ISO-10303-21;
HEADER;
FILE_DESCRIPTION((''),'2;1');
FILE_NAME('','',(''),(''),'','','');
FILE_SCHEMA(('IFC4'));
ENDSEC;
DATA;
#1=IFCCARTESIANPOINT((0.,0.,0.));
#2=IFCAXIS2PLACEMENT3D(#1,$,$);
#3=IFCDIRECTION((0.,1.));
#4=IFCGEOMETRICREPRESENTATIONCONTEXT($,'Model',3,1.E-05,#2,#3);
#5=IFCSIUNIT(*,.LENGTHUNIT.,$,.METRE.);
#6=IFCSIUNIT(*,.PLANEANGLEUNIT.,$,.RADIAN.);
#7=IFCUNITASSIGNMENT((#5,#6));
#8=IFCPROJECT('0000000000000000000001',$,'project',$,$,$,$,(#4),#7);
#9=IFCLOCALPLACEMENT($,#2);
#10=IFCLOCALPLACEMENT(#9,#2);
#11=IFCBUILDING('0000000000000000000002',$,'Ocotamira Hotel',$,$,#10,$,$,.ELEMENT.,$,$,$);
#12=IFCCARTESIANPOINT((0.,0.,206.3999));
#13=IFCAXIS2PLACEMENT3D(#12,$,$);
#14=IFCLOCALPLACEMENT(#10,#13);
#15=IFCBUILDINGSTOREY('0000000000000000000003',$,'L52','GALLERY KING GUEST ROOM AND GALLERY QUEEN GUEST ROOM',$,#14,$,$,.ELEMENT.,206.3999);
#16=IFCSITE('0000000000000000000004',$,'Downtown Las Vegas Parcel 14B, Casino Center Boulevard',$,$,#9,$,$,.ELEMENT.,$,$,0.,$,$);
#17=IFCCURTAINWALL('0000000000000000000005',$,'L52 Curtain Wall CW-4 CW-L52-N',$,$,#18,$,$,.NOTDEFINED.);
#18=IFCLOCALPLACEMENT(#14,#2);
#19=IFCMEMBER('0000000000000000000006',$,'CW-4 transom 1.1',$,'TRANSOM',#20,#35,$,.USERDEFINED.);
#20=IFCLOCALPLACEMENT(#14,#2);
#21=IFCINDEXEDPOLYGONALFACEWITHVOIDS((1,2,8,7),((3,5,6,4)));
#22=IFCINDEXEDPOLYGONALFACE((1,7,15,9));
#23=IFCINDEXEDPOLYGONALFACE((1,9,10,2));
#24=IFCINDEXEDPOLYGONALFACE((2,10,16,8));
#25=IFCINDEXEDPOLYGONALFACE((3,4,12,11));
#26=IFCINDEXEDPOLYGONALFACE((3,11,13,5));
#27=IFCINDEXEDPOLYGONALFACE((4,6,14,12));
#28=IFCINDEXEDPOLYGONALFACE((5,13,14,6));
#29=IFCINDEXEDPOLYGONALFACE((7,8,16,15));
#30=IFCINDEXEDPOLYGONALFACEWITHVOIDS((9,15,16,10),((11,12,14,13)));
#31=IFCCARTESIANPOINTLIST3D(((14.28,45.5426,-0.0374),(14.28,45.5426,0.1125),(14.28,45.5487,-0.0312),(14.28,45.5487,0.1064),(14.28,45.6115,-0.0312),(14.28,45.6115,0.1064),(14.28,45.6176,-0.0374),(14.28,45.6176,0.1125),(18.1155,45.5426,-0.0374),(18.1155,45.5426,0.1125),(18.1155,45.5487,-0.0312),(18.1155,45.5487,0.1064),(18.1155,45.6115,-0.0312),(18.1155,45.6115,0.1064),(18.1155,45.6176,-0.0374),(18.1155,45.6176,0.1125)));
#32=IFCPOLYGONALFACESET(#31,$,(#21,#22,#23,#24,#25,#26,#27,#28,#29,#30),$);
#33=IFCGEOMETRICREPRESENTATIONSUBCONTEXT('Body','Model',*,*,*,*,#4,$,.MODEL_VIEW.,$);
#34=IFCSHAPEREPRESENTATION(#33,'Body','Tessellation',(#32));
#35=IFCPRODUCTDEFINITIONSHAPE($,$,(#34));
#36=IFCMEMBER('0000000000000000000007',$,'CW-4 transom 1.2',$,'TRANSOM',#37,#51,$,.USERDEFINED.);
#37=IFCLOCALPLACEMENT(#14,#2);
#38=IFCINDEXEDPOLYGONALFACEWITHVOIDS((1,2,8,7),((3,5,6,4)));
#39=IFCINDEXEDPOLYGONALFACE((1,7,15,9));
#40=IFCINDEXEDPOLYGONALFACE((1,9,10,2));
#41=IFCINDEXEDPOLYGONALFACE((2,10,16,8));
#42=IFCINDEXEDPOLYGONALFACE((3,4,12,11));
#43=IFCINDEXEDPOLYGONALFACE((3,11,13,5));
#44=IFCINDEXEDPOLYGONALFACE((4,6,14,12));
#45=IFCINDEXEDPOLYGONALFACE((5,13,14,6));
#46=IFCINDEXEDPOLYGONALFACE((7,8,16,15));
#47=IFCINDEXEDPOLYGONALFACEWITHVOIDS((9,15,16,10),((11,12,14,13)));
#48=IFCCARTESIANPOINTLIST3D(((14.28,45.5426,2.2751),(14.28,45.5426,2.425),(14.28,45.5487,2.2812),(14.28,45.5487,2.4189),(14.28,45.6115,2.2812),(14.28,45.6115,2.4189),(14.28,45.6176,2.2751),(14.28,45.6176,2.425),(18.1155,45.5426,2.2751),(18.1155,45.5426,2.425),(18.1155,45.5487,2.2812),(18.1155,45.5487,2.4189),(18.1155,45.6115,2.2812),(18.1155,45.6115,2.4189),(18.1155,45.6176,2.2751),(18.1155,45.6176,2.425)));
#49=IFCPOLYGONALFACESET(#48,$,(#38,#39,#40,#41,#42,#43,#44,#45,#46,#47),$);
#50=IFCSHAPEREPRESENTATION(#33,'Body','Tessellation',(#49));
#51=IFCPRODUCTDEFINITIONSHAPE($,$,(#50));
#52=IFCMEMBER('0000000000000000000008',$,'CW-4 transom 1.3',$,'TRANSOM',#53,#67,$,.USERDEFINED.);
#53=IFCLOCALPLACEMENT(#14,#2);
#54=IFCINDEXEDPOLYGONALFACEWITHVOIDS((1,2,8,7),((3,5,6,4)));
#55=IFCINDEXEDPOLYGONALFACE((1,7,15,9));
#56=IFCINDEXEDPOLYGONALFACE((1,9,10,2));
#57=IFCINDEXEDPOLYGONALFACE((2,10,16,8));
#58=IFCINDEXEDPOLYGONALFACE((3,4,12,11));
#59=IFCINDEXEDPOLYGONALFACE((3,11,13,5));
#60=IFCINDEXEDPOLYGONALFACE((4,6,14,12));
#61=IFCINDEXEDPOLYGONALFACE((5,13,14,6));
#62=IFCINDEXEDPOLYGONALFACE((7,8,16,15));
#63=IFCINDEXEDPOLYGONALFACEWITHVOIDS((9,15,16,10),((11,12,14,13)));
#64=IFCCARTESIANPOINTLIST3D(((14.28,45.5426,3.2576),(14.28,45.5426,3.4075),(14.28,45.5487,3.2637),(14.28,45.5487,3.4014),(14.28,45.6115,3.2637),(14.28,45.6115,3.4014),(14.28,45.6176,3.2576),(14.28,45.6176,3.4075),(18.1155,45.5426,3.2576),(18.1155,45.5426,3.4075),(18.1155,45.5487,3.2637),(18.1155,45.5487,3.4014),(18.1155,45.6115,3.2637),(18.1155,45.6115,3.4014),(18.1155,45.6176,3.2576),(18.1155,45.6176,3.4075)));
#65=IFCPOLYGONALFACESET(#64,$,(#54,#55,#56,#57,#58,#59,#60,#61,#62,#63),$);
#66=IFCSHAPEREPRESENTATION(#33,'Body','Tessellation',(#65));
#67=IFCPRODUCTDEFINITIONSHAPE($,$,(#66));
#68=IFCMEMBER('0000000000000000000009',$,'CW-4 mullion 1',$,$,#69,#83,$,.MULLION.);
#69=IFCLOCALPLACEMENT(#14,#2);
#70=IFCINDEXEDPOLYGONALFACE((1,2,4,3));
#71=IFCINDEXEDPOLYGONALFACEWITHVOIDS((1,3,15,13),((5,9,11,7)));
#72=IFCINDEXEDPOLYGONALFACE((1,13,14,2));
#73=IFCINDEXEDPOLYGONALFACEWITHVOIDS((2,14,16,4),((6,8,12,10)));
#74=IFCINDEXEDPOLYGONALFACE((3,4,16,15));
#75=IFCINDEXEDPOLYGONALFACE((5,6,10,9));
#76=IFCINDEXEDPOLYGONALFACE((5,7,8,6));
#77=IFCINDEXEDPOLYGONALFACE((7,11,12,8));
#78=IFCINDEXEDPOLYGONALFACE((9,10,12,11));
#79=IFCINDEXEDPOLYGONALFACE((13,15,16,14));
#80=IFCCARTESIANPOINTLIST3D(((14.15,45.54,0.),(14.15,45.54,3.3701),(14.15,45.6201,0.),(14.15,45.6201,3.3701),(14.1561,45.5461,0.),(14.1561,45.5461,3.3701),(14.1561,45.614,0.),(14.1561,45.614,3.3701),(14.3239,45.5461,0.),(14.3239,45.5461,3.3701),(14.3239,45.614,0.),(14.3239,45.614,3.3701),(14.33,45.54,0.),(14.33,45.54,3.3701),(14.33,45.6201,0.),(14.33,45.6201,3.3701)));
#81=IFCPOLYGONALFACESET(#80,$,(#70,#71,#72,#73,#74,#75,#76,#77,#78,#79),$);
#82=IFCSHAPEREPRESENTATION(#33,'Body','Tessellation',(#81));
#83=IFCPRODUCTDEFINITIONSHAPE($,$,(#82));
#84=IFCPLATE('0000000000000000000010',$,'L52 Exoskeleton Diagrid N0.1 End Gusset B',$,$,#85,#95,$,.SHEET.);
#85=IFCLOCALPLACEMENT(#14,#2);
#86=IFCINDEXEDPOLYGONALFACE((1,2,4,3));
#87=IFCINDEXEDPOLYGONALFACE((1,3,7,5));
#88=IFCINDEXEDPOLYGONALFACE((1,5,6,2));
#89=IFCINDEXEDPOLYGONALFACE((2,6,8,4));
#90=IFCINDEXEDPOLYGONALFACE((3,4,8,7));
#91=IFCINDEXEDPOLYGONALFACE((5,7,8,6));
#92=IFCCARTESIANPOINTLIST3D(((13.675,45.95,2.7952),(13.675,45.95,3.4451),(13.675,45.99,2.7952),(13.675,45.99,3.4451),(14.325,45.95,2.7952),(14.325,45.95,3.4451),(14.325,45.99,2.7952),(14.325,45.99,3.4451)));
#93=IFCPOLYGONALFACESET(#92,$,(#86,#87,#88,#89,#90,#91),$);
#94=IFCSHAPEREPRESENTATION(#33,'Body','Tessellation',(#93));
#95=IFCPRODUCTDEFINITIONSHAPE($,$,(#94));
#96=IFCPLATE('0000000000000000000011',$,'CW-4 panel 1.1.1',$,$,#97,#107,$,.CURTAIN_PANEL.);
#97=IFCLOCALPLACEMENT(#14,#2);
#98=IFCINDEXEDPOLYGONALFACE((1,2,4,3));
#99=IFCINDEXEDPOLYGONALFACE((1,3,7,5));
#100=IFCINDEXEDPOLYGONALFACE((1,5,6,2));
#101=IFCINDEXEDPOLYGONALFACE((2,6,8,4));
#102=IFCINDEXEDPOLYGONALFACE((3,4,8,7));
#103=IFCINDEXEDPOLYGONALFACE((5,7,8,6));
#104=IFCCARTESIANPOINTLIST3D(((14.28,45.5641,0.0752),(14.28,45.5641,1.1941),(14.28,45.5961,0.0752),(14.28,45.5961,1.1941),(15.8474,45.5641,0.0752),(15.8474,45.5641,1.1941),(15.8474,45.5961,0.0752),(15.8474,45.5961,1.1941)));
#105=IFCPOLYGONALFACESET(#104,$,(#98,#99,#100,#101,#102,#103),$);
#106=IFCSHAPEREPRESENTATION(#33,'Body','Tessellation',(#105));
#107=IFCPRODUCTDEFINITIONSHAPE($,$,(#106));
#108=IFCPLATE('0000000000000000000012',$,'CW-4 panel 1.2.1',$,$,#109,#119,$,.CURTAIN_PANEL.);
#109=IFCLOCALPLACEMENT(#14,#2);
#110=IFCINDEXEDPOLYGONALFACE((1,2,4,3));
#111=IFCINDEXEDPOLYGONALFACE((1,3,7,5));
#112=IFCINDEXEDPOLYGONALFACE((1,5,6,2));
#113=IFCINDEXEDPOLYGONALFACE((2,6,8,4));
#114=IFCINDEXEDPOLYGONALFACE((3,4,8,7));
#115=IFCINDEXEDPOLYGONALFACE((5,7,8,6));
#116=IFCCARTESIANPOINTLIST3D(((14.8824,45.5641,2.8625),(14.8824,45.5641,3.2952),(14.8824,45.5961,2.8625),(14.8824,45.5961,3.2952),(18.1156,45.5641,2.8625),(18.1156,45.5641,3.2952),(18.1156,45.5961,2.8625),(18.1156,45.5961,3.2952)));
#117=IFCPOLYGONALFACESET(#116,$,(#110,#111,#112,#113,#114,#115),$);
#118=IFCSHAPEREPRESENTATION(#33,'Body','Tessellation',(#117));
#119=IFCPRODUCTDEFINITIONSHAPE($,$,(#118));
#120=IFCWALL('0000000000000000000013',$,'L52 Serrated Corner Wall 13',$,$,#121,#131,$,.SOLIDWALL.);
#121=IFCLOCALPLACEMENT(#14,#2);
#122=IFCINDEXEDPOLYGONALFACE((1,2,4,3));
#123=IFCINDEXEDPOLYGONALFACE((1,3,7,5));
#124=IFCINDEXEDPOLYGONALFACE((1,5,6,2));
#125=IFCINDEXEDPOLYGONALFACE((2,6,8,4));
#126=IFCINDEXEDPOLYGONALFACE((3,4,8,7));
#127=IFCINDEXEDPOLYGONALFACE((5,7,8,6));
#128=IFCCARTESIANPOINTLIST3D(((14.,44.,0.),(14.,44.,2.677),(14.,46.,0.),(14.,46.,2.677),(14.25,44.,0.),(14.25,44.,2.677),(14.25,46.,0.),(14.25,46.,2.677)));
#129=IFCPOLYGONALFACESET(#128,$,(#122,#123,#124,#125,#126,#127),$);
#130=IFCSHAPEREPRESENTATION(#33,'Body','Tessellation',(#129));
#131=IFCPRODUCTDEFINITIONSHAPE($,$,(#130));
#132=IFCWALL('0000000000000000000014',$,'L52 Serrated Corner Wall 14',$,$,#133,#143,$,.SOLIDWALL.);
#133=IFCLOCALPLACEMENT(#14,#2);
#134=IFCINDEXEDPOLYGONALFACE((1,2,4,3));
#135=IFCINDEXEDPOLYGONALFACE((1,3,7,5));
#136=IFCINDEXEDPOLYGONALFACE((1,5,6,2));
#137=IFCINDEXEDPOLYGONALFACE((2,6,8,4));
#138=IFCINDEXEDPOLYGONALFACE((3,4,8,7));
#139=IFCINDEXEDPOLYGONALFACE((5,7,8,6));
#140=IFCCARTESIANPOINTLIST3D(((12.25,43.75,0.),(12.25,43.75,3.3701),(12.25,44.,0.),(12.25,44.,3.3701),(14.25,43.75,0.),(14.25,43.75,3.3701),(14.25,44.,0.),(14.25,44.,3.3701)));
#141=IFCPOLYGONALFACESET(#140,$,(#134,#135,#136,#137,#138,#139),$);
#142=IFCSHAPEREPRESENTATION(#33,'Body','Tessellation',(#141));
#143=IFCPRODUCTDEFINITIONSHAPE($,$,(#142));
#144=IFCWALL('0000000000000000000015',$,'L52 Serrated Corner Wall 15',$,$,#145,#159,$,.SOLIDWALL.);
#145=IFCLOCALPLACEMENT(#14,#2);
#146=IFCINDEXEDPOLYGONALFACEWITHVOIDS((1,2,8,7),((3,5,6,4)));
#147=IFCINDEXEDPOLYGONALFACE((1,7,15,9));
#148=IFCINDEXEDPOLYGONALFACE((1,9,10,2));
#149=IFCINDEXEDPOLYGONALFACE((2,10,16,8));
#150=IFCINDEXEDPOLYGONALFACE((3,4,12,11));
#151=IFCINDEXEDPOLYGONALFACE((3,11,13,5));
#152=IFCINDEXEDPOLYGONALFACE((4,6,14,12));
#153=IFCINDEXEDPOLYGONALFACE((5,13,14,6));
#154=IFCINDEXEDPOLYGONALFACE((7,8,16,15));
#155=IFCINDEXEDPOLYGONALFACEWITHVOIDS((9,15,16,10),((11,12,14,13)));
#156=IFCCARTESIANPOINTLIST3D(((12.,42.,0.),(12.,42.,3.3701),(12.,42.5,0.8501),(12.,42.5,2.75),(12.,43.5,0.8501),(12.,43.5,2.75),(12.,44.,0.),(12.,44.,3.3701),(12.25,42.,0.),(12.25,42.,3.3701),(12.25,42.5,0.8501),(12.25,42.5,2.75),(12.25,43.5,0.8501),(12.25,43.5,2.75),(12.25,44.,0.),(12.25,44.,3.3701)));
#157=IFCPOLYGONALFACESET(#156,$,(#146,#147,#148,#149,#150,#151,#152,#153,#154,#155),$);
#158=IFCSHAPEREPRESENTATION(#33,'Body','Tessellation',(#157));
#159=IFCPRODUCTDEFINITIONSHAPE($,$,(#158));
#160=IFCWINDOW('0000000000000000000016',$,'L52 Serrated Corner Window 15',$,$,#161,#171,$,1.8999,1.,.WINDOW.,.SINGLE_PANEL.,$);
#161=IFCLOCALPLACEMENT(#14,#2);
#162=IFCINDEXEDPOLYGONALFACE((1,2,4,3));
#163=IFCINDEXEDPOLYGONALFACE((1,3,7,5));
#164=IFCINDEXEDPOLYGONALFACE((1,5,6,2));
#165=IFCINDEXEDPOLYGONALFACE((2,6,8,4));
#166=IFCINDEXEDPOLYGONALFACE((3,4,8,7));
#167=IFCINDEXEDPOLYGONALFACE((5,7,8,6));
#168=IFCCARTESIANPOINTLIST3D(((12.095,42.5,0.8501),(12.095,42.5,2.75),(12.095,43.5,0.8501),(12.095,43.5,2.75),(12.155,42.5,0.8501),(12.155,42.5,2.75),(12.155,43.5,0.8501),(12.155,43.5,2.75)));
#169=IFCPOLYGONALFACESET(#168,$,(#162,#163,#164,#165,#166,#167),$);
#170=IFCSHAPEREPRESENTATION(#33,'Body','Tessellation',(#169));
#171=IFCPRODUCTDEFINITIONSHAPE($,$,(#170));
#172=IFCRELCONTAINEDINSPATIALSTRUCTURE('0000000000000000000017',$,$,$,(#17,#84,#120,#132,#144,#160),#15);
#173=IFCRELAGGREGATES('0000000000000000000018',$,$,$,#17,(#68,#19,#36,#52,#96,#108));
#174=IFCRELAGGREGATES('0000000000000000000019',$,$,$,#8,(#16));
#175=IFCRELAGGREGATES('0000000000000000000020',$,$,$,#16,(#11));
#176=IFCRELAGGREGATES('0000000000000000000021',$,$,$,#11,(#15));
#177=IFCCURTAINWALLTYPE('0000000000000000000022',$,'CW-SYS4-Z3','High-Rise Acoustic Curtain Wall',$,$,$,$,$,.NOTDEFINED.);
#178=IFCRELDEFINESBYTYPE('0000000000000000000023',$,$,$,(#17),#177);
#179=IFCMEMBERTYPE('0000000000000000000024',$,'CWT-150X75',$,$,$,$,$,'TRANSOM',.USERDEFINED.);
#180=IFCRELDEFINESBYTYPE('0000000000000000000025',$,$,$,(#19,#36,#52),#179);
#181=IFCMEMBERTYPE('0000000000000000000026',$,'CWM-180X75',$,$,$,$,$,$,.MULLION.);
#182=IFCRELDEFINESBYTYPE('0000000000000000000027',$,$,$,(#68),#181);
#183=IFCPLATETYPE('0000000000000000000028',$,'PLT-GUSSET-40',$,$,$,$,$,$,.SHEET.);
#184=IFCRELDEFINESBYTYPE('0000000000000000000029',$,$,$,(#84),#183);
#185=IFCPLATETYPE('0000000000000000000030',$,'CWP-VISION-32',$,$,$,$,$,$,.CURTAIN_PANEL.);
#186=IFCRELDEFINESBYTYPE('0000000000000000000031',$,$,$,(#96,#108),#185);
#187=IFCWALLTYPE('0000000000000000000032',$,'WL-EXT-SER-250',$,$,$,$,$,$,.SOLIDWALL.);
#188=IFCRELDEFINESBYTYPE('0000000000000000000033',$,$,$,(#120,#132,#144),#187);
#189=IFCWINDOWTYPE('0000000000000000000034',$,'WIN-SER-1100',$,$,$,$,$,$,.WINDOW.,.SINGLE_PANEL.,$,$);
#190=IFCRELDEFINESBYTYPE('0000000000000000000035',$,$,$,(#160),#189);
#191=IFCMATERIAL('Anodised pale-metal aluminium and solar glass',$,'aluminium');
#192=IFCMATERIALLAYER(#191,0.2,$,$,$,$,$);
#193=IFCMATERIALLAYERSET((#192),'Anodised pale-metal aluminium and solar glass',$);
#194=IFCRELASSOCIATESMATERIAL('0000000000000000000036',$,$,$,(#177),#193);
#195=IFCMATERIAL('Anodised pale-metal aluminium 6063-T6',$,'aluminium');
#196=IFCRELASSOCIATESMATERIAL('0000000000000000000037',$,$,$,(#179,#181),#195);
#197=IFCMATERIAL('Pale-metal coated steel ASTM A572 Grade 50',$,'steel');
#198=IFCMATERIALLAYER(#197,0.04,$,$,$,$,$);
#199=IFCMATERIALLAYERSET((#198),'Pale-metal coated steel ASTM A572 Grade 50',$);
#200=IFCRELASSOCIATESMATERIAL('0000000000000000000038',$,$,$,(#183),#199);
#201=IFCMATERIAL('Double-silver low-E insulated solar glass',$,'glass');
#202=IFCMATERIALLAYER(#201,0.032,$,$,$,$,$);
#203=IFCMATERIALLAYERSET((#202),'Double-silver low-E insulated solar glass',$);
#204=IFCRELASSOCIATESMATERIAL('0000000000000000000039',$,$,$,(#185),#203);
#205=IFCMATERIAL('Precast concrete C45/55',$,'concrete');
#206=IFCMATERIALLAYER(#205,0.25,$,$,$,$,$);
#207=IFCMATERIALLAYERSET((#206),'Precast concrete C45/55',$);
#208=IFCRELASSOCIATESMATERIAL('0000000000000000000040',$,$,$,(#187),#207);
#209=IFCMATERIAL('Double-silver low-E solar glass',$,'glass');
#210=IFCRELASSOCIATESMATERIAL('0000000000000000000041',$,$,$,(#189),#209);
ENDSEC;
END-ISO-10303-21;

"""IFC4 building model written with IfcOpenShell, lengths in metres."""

from ifc_helpers import new_model, si_unit, direction, frame, frame_2d, origin, origin_2d, place, context, subcontext, project, spatial, rectangle, hollow_rectangle, extrude, source, transform, mapped, material, layer, layer_set, material_profile, profile_set, type_object, element, fill, aggregate, save


model = new_model("IFC4")

# Units and contexts
model_context = context("Model", 3, precision=1e-05, world=origin(), true_north=direction((0.0, 1.0)))
body_context = subcontext(model_context, "Body", "Model", "MODEL_VIEW")
ifc_project = project(units=[si_unit("LENGTHUNIT", "METRE"), si_unit("PLANEANGLEUNIT", "RADIAN")], contexts=[model_context])

# Site, building, storey
site_placement = place(None, origin())
site = spatial("IfcSite", under=ifc_project, at=site_placement, Name="Downtown Las Vegas Parcel 14B, Casino Center Boulevard", CompositionType="ELEMENT", RefElevation=0.0)
building_placement = place(site_placement, origin())
building = spatial("IfcBuilding", under=site, at=building_placement, Name="Ocotamira Hotel", CompositionType="ELEMENT")
storey_placement = place(building_placement, frame((0.0, 0.0, 206.3999)))
storey = spatial("IfcBuildingStorey", under=building, at=storey_placement, Name="L52", Description="GALLERY KING GUEST ROOM AND GALLERY QUEEN GUEST ROOM", CompositionType="ELEMENT", Elevation=206.3999)

# Curtain wall, members
ifc_material_1 = material(Name="Anodised pale-metal aluminium and solar glass", Category="aluminium")
ifc_layer_1 = layer(ifc_material_1, 0.2)
ifc_layer_set_1 = layer_set([ifc_layer_1], Name="Anodised pale-metal aluminium and solar glass")
curtain_wall_type = type_object("IfcCurtainWallType", Name="CW-SYS4-Z3", Description="High-Rise Acoustic Curtain Wall", PredefinedType="NOTDEFINED", material=ifc_layer_set_1)
curtain_wall_placement = place(storey_placement, origin())
curtain_wall = element("IfcCurtainWall", 1, at=curtain_wall_placement, inside=storey, type_object=curtain_wall_type, Name="L52 Curtain Wall CW-4 CW-L52-N", PredefinedType="NOTDEFINED")
ifc_material_2 = material(Name="Anodised pale-metal aluminium 6063-T6", Category="aluminium")
ifc_material_profile_1 = material_profile(ifc_material_2, hollow_rectangle(XDim=0.075, YDim=0.1499, WallThickness=0.0061, at=origin_2d()), Name="HSS150X75X6")
ifc_profile_set_1 = profile_set([ifc_material_profile_1], Name="Anodised pale-metal aluminium 6063-T6")
member_type_1 = type_object("IfcMemberType", Name="CWT-150X75", ElementType="TRANSOM", PredefinedType="USERDEFINED", material=ifc_profile_set_1)
shared_shape_1 = source(origin(), body_context, "Body", "SweptSolid", [
    extrude(hollow_rectangle(XDim=0.075, YDim=0.1499, WallThickness=0.0061, at=origin_2d()), origin(), (0.0, 0.0, 1.0), 3.8354),
])
member_1_placement = place(storey_placement, frame((14.28, 45.5801, 0.0376), z_axis=(1.0, 0.0, 0.0), x_axis=(0.0, 1.0, 0.0)))
member_1 = element("IfcMember", 2, at=member_1_placement, type_object=member_type_1, Name="CW-4 transom 1.1", ObjectType="TRANSOM", PredefinedType="USERDEFINED", context=body_context, shape_type="MappedRepresentation", body=[
    mapped(shared_shape_1, transform((0.0, 0.0, 0.0), scale=1.0)),
])
member_2_placement = place(storey_placement, frame((14.28, 45.5801, 2.3501), z_axis=(1.0, 0.0, 0.0), x_axis=(0.0, 1.0, 0.0)))
member_2 = element("IfcMember", 3, at=member_2_placement, type_object=member_type_1, Name="CW-4 transom 1.2", ObjectType="TRANSOM", PredefinedType="USERDEFINED", context=body_context, shape_type="MappedRepresentation", body=[
    mapped(shared_shape_1, transform((0.0, 0.0, 0.0), scale=1.0)),
])
member_3_placement = place(storey_placement, frame((14.28, 45.5801, 3.3325), z_axis=(1.0, 0.0, 0.0), x_axis=(0.0, 1.0, 0.0)))
member_3 = element("IfcMember", 4, at=member_3_placement, type_object=member_type_1, Name="CW-4 transom 1.3", ObjectType="TRANSOM", PredefinedType="USERDEFINED", context=body_context, shape_type="MappedRepresentation", body=[
    mapped(shared_shape_1, transform((0.0, 0.0, 0.0), scale=1.0)),
])
ifc_material_profile_2 = material_profile(ifc_material_2, hollow_rectangle(XDim=0.0801, YDim=0.1799, WallThickness=0.0061, at=origin_2d()), Name="HSS180X80X6")
ifc_profile_set_2 = profile_set([ifc_material_profile_2], Name="Anodised pale-metal aluminium 6063-T6")
member_type_2 = type_object("IfcMemberType", Name="CWM-180X75", PredefinedType="MULLION", material=ifc_profile_set_2)
shared_shape_2 = source(origin(), body_context, "Body", "SweptSolid", [
    extrude(hollow_rectangle(XDim=0.0801, YDim=0.1799, WallThickness=0.0061, at=origin_2d()), origin(), (0.0, 0.0, 1.0), 3.3701),
])
member_4_placement = place(storey_placement, frame((14.24, 45.5801, 0.0), z_axis=(0.0, 0.0, 1.0), x_axis=(0.0, 1.0, 0.0)))
member_4 = element("IfcMember", 5, at=member_4_placement, type_object=member_type_2, Name="CW-4 mullion 1", PredefinedType="MULLION", context=body_context, shape_type="MappedRepresentation", body=[
    mapped(shared_shape_2, transform((0.0, 0.0, 0.0), scale=1.0)),
])

# Plates
ifc_material_3 = material(Name="Pale-metal coated steel ASTM A572 Grade 50", Category="steel")
ifc_layer_2 = layer(ifc_material_3, 0.04)
ifc_layer_set_2 = layer_set([ifc_layer_2], Name="Pale-metal coated steel ASTM A572 Grade 50")
plate_type_1 = type_object("IfcPlateType", Name="PLT-GUSSET-40", PredefinedType="SHEET", material=ifc_layer_set_2)
shared_shape_3 = source(origin(), body_context, "Body", "SweptSolid", [
    extrude(rectangle(XDim=0.6499, YDim=0.04, at=origin_2d()), origin(), (0.0, 0.0, 1.0), 0.6499),
])
plate_1_placement = place(storey_placement, frame((14.0, 45.97, 2.7952), z_axis=(0.0, 0.0, 1.0), x_axis=(-1.0, 0.0, 0.0)))
element("IfcPlate", 6, at=plate_1_placement, inside=storey, type_object=plate_type_1, Name="L52 Exoskeleton Diagrid N0.1 End Gusset B", PredefinedType="SHEET", context=body_context, shape_type="MappedRepresentation", body=[
    mapped(shared_shape_3, transform((0.0, 0.0, 0.0), scale=1.0)),
])
ifc_material_4 = material(Name="Double-silver low-E insulated solar glass", Category="glass")
ifc_layer_3 = layer(ifc_material_4, 0.032)
ifc_layer_set_3 = layer_set([ifc_layer_3], Name="Double-silver low-E insulated solar glass")
plate_type_2 = type_object("IfcPlateType", Name="CWP-VISION-32", PredefinedType="CURTAIN_PANEL", material=ifc_layer_set_3)
shared_shape_4 = source(origin(), body_context, "Body", "SweptSolid", [
    extrude(rectangle(XDim=1.5674, YDim=0.032, at=origin_2d()), origin(), (0.0, 0.0, 1.0), 1.1189),
])
plate_2_placement = place(storey_placement, frame((15.0637, 45.5801, 0.0752), z_axis=(0.0, 0.0, 1.0), x_axis=(1.0, 0.0, 0.0)))
plate_2 = element("IfcPlate", 7, at=plate_2_placement, type_object=plate_type_2, Name="CW-4 panel 1.1.1", PredefinedType="CURTAIN_PANEL", context=body_context, shape_type="MappedRepresentation", body=[
    mapped(shared_shape_4, transform((0.0, 0.0, 0.0), scale=1.0)),
])
shared_shape_5 = source(origin(), body_context, "Body", "SweptSolid", [
    extrude(rectangle(XDim=3.2332, YDim=0.032, at=origin_2d()), origin(), (0.0, 0.0, 1.0), 0.4326),
])
plate_3_placement = place(storey_placement, frame((16.499, 45.5801, 2.8625), z_axis=(0.0, 0.0, 1.0), x_axis=(1.0, 0.0, 0.0)))
plate_3 = element("IfcPlate", 8, at=plate_3_placement, type_object=plate_type_2, Name="CW-4 panel 1.2.1", PredefinedType="CURTAIN_PANEL", context=body_context, shape_type="MappedRepresentation", body=[
    mapped(shared_shape_5, transform((0.0, 0.0, 0.0), scale=1.0)),
])
aggregate(curtain_wall, [member_4, member_1, member_2, member_3, plate_2, plate_3])

# Walls
ifc_material_5 = material(Name="Precast concrete C45/55", Category="concrete")
ifc_layer_4 = layer(ifc_material_5, 0.25)
ifc_layer_set_4 = layer_set([ifc_layer_4], Name="Precast concrete C45/55")
wall_type = type_object("IfcWallType", Name="WL-EXT-SER-250", PredefinedType="SOLIDWALL", material=ifc_layer_set_4)
wall_1_placement = place(storey_placement, frame((14.125, 46.0, 0.0), z_axis=(0.0, 0.0, 1.0), x_axis=(0.0, -1.0, 0.0)))
element("IfcWall", 9, at=wall_1_placement, inside=storey, type_object=wall_type, Name="L52 Serrated Corner Wall 13", PredefinedType="SOLIDWALL", context=body_context, shape_type="SweptSolid", body=[
    extrude(rectangle(XDim=2.0, YDim=0.25, at=frame_2d((1.0, 0.0))), origin(), (0.0, 0.0, 1.0), 2.677),
])
wall_2_placement = place(storey_placement, frame((14.25, 43.875, 0.0), z_axis=(0.0, 0.0, 1.0), x_axis=(-1.0, 0.0, 0.0)))
element("IfcWall", 10, at=wall_2_placement, inside=storey, type_object=wall_type, Name="L52 Serrated Corner Wall 14", PredefinedType="SOLIDWALL", context=body_context, shape_type="SweptSolid", body=[
    extrude(rectangle(XDim=2.0, YDim=0.25, at=frame_2d((1.0, 0.0))), origin(), (0.0, 0.0, 1.0), 3.3701),
])

# Wall, opening, window
wall_3_placement = place(storey_placement, frame((12.125, 44.0, 0.0), z_axis=(0.0, 0.0, 1.0), x_axis=(0.0, -1.0, 0.0)))
wall_3 = element("IfcWall", 11, at=wall_3_placement, inside=storey, type_object=wall_type, Name="L52 Serrated Corner Wall 15", PredefinedType="SOLIDWALL", context=body_context, shape_type="SweptSolid", body=[
    extrude(rectangle(XDim=2.0, YDim=0.25, at=frame_2d((1.0, 0.0))), origin(), (0.0, 0.0, 1.0), 3.3701),
])
opening_placement = place(wall_3_placement, frame((0.5, 0.0, 0.8501)))
opening = element("IfcOpeningElement", 12, at=opening_placement, cuts=wall_3, PredefinedType="OPENING", context=body_context, shape_type="SweptSolid", body=[
    extrude(rectangle(XDim=1.0, YDim=1.8999, at=frame_2d((0.5, 0.95))), frame((0.0, 0.135, 0.0), z_axis=(0.0, -1.0, 0.0), x_axis=(1.0, 0.0, 0.0)), (0.0, 0.0, 1.0), 0.27),
])
ifc_material_6 = material(Name="Double-silver low-E solar glass", Category="glass")
window_type = type_object("IfcWindowType", Name="WIN-SER-1100", PartitioningType="SINGLE_PANEL", PredefinedType="WINDOW", material=ifc_material_6)
shared_shape_6 = source(origin(), body_context, "Body", "SweptSolid", [
    extrude(rectangle(XDim=1.0, YDim=1.8999, at=frame_2d((0.5, 0.95))), frame((0.0, 0.03, 0.0), z_axis=(0.0, -1.0, 0.0), x_axis=(1.0, 0.0, 0.0)), (0.0, 0.0, 1.0), 0.0601),
])
window_placement = place(opening_placement, origin())
window = element("IfcWindow", 13, at=window_placement, inside=storey, type_object=window_type, Name="L52 Serrated Corner Window 15", OverallHeight=1.8999, OverallWidth=1.0, PartitioningType="SINGLE_PANEL", PredefinedType="WINDOW", context=body_context, shape_type="MappedRepresentation", body=[
    mapped(shared_shape_6, transform((0.0, 0.0, 0.0), scale=1.0)),
])
fill(opening, window)

save(model, "model.ifc")
